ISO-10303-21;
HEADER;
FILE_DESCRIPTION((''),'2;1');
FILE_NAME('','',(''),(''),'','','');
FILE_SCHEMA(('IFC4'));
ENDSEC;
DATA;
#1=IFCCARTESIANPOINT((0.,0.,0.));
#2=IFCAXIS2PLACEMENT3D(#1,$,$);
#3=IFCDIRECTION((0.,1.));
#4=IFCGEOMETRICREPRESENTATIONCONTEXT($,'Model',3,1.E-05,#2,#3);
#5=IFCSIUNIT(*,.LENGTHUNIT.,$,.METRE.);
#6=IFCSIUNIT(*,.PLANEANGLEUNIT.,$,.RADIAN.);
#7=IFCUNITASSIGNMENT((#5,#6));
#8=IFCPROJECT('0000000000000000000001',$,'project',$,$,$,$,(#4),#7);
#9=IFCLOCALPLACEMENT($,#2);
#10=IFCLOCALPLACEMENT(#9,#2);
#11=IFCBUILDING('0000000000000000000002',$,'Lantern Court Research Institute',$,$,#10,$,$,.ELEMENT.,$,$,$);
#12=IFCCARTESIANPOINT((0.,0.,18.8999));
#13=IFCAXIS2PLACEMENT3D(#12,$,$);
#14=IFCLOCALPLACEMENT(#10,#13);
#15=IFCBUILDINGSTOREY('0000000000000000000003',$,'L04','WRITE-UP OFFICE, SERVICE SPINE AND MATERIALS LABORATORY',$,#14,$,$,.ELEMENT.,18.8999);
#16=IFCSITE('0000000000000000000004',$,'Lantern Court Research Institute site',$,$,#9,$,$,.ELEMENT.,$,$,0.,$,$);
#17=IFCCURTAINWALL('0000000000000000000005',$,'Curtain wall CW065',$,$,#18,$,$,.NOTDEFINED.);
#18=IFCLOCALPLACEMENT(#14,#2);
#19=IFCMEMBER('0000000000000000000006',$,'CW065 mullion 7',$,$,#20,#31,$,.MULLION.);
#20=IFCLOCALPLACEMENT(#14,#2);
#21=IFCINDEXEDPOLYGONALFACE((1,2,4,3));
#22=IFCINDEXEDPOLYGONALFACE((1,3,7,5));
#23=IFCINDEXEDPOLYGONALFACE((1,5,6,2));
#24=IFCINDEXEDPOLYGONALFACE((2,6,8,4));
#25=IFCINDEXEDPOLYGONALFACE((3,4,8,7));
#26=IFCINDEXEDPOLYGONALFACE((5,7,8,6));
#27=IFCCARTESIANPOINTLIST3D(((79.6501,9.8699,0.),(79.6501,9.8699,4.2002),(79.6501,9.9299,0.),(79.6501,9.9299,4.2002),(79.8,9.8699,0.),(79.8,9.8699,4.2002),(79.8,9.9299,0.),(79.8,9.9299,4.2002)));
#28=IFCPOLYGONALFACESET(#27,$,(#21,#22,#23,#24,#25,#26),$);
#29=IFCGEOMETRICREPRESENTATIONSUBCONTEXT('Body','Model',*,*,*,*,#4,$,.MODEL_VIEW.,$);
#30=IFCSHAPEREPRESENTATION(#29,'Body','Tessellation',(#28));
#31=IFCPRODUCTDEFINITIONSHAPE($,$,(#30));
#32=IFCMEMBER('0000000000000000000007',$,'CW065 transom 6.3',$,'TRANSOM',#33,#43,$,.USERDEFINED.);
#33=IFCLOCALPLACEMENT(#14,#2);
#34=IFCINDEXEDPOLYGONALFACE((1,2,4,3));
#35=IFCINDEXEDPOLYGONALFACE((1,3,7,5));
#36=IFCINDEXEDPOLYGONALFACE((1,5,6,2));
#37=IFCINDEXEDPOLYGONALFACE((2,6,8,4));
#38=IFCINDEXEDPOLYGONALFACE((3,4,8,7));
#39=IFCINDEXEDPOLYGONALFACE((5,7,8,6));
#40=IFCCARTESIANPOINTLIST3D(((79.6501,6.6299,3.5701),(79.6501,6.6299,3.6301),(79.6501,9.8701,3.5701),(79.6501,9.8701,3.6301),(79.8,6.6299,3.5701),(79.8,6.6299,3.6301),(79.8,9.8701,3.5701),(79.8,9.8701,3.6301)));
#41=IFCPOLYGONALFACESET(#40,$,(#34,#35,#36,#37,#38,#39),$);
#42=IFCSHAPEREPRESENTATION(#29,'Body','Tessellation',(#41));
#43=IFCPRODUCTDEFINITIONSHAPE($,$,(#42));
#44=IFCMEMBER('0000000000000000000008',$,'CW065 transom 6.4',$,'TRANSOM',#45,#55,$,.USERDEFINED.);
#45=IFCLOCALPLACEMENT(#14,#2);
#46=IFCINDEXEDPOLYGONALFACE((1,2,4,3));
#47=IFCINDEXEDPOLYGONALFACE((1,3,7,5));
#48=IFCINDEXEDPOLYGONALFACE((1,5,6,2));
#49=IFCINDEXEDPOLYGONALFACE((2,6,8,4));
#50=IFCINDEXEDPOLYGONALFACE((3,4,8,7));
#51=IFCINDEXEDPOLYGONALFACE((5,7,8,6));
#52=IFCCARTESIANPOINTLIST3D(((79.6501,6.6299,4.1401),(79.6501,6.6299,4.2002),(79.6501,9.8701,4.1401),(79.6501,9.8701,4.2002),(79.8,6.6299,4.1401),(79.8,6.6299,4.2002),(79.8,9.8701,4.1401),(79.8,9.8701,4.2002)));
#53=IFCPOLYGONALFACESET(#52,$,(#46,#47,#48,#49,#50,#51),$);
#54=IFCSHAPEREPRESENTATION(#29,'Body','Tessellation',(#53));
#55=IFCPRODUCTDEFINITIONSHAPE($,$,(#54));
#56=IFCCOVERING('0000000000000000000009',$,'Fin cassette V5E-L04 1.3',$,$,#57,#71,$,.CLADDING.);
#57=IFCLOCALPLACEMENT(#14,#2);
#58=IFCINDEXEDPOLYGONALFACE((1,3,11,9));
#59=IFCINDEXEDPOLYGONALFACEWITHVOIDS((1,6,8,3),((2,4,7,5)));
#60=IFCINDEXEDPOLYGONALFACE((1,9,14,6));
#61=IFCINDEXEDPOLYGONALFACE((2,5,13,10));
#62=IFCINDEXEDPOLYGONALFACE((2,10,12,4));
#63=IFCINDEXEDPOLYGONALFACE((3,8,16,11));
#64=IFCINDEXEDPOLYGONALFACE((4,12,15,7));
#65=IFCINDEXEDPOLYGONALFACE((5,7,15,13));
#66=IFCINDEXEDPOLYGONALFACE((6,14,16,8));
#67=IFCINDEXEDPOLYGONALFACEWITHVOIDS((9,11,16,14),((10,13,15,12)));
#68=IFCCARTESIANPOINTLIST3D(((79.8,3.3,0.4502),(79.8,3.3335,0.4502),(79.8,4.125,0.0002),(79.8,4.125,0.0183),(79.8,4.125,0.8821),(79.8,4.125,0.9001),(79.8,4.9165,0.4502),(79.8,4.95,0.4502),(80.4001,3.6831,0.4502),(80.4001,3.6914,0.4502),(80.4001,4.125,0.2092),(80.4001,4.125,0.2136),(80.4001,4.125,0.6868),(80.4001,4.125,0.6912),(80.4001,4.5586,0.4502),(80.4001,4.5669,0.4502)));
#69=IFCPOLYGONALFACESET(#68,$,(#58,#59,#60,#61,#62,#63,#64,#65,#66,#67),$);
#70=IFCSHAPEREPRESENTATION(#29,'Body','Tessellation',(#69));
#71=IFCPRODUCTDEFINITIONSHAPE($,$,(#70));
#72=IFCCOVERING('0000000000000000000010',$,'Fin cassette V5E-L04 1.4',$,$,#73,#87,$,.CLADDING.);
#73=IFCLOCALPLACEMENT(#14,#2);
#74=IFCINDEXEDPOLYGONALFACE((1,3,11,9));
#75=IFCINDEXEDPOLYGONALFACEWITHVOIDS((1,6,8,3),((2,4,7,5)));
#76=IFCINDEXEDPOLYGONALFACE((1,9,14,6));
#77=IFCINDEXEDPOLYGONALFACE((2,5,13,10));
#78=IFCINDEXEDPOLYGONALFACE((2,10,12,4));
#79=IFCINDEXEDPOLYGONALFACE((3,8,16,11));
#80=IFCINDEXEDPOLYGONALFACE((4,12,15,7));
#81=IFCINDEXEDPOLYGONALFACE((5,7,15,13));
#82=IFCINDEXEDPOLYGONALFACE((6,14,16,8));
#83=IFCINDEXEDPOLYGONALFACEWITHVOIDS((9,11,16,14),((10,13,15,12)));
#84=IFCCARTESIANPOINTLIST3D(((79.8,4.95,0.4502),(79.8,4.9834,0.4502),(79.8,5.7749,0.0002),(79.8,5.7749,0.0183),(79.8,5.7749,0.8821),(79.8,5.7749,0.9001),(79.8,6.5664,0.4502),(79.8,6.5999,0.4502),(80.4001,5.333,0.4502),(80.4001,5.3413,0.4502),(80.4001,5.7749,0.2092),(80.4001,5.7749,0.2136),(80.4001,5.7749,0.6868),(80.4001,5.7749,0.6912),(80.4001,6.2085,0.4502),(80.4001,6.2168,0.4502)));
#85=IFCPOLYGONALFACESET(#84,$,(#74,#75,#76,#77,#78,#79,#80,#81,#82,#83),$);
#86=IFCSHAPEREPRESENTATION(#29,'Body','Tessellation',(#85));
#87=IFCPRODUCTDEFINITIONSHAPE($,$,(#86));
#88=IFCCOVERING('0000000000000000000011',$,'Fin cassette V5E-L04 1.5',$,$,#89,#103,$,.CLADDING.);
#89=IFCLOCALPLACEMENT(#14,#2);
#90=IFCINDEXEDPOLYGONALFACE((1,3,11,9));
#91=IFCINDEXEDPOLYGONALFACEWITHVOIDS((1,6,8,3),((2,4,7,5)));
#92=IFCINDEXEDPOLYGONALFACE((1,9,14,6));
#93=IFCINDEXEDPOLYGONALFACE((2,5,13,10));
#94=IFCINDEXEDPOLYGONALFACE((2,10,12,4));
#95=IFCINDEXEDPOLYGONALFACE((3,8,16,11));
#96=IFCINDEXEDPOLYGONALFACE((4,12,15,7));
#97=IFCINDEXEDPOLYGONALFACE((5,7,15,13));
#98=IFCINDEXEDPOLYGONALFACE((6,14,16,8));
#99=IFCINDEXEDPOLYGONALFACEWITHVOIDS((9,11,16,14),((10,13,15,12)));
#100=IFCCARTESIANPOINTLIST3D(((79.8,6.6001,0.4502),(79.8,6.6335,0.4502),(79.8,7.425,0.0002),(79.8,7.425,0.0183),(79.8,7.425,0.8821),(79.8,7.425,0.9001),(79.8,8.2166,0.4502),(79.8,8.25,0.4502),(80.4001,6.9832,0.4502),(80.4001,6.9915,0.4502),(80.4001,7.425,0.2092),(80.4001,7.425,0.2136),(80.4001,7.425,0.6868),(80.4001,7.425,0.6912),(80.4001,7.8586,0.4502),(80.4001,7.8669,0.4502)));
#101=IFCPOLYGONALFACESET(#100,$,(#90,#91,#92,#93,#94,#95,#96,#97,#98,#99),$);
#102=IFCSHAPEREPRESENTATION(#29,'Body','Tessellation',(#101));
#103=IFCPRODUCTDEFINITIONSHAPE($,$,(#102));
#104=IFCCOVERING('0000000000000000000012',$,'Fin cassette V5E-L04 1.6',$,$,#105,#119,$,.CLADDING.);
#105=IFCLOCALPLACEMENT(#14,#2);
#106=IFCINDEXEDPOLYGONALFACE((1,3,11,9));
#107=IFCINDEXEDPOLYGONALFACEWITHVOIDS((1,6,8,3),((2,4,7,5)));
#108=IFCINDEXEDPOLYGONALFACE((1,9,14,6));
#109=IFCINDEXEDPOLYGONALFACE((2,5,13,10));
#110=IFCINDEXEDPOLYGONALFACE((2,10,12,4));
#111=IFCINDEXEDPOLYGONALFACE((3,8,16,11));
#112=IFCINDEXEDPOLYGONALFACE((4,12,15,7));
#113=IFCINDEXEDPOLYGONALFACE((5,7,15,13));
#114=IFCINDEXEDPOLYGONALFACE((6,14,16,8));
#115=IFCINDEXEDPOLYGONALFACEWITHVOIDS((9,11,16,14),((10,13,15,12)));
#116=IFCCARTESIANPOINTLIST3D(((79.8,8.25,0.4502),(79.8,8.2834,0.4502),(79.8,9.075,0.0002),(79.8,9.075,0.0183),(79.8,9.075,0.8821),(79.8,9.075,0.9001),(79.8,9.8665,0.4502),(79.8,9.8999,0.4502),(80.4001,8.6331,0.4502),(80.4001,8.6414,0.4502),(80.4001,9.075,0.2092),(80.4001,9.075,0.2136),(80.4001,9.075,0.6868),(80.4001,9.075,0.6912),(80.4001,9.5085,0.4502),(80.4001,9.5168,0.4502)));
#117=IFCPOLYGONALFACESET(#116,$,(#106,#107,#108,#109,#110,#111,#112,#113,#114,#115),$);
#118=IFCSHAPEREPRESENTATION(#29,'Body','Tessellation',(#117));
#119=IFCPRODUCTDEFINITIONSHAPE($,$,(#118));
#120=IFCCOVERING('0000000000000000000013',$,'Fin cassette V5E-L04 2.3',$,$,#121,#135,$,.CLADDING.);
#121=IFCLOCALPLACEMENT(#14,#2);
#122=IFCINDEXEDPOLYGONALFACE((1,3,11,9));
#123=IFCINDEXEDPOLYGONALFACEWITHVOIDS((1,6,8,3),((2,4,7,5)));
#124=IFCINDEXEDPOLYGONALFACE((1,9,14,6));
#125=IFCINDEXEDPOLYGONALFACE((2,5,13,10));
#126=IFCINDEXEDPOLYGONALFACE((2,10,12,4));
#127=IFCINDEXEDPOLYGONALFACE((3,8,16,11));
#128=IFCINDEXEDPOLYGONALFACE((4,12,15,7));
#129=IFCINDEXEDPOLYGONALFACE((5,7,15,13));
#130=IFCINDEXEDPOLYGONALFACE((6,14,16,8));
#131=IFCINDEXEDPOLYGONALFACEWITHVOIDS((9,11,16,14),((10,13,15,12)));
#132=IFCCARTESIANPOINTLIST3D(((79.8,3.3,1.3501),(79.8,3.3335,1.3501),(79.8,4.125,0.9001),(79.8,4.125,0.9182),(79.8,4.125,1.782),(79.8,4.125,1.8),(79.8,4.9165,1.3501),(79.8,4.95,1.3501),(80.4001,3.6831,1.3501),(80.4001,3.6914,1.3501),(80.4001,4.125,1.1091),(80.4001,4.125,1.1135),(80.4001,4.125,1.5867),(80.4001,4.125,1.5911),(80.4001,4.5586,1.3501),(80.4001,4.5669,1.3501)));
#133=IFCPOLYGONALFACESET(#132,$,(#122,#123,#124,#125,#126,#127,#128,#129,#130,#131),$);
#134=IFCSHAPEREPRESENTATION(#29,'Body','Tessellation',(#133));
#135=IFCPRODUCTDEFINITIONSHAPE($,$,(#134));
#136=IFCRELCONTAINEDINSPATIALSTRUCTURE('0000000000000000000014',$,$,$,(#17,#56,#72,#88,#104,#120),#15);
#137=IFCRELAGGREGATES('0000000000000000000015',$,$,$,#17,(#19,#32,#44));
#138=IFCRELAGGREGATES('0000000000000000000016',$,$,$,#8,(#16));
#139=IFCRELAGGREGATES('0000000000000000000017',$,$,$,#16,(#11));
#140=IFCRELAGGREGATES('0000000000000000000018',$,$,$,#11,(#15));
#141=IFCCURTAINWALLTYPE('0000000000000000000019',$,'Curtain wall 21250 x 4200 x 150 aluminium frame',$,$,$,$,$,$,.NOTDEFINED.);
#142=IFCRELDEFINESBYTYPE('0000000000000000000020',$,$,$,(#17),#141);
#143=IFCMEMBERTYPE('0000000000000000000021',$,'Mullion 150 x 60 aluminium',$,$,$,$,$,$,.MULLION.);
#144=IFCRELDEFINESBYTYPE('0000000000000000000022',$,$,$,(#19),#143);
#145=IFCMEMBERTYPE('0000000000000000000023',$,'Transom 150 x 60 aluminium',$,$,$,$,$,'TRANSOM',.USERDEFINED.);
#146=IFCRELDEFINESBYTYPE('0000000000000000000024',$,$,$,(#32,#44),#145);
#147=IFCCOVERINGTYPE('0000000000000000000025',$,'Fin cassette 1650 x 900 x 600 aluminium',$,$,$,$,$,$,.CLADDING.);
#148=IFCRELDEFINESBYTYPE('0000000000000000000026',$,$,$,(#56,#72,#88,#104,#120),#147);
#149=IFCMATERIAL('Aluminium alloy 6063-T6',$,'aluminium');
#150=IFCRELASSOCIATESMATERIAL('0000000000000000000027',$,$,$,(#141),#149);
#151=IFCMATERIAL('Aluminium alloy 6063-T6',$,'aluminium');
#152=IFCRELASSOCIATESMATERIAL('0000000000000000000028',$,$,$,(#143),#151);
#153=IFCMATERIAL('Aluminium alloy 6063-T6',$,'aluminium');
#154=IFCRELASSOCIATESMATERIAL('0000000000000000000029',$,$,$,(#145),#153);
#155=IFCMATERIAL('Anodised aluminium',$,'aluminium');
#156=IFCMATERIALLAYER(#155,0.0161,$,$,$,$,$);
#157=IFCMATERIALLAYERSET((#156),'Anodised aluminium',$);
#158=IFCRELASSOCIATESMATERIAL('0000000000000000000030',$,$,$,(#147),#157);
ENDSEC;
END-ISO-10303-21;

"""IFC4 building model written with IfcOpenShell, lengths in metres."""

from ifc_helpers import new_model, entity, si_unit, direction, frame, origin, origin_2d, place, context, subcontext, project, spatial, rectangle, extrude, material, layer, layer_set, material_profile, profile_set, type_object, element, aggregate, save


model = new_model("IFC4")

# Units and contexts
model_context = context("Model", 3, precision=1e-05, world=origin(), true_north=direction((0.0, 1.0)))
body_context = subcontext(model_context, "Body", "Model", "MODEL_VIEW")
ifc_project = project(units=[si_unit("LENGTHUNIT", "METRE"), si_unit("PLANEANGLEUNIT", "RADIAN")], contexts=[model_context])

# Site, building, storey
site_placement = place(None, origin())
site = spatial("IfcSite", under=ifc_project, at=site_placement, Name="Lantern Court Research Institute site", CompositionType="ELEMENT", RefElevation=0.0)
building_placement = place(site_placement, origin())
building = spatial("IfcBuilding", under=site, at=building_placement, Name="Lantern Court Research Institute", CompositionType="ELEMENT")
storey_placement = place(building_placement, frame((0.0, 0.0, 18.8999)))
storey = spatial("IfcBuildingStorey", under=building, at=storey_placement, Name="L04", Description="WRITE-UP OFFICE, SERVICE SPINE AND MATERIALS LABORATORY", CompositionType="ELEMENT", Elevation=18.8999)

# Curtain wall, members
ifc_material_1 = material(Name="Aluminium alloy 6063-T6", Category="aluminium")
curtain_wall_type = type_object("IfcCurtainWallType", Name="Curtain wall 21250 x 4200 x 150 aluminium frame", PredefinedType="NOTDEFINED", material=ifc_material_1)
curtain_wall_placement = place(storey_placement, origin())
curtain_wall = element("IfcCurtainWall", 1, at=curtain_wall_placement, inside=storey, type_object=curtain_wall_type, Name="Curtain wall CW065", PredefinedType="NOTDEFINED")
ifc_material_2 = material(Name="Aluminium alloy 6063-T6", Category="aluminium")
ifc_material_profile_1 = material_profile(ifc_material_2, rectangle(XDim=0.1499, YDim=0.0601, at=origin_2d()), Name="Mullion 150 x 60")
ifc_profile_set_1 = profile_set([ifc_material_profile_1], Name="Aluminium alloy 6063-T6")
member_type_1 = type_object("IfcMemberType", Name="Mullion 150 x 60 aluminium", PredefinedType="MULLION", material=ifc_profile_set_1)
member_1_placement = place(storey_placement, frame((79.7251, 9.8999, 0.0), z_axis=(0.0, 0.0, 1.0), x_axis=(1.0, 0.0, 0.0)))
member_1 = element("IfcMember", 2, at=member_1_placement, type_object=member_type_1, Name="CW065 mullion 7", PredefinedType="MULLION", context=body_context, shape_type="SweptSolid", body=[
    extrude(rectangle(XDim=0.1499, YDim=0.0601, at=origin_2d()), origin(), (0.0, 0.0, 1.0), 4.2002),
])
ifc_material_3 = material(Name="Aluminium alloy 6063-T6", Category="aluminium")
ifc_material_profile_2 = material_profile(ifc_material_3, rectangle(XDim=0.1499, YDim=0.0601, at=origin_2d()), Name="Transom 150 x 60")
ifc_profile_set_2 = profile_set([ifc_material_profile_2], Name="Aluminium alloy 6063-T6")
member_type_2 = type_object("IfcMemberType", Name="Transom 150 x 60 aluminium", ElementType="TRANSOM", PredefinedType="USERDEFINED", material=ifc_profile_set_2)
member_2_placement = place(storey_placement, frame((79.7251, 9.8701, 3.6001), z_axis=(0.0, -1.0, 0.0), x_axis=(1.0, 0.0, 0.0)))
member_2 = element("IfcMember", 3, at=member_2_placement, type_object=member_type_2, Name="CW065 transom 6.3", ObjectType="TRANSOM", PredefinedType="USERDEFINED", context=body_context, shape_type="SweptSolid", body=[
    extrude(rectangle(XDim=0.1499, YDim=0.0601, at=origin_2d()), origin(), (0.0, 0.0, 1.0), 3.2402),
])
member_3_placement = place(storey_placement, frame((79.7251, 9.8701, 4.1702), z_axis=(0.0, -1.0, 0.0), x_axis=(1.0, 0.0, 0.0)))
member_3 = element("IfcMember", 4, at=member_3_placement, type_object=member_type_2, Name="CW065 transom 6.4", ObjectType="TRANSOM", PredefinedType="USERDEFINED", context=body_context, shape_type="SweptSolid", body=[
    extrude(rectangle(XDim=0.1499, YDim=0.0601, at=origin_2d()), origin(), (0.0, 0.0, 1.0), 3.2402),
])
aggregate(curtain_wall, [member_1, member_2, member_3])

# Coverings
ifc_material_4 = material(Name="Anodised aluminium", Category="aluminium")
ifc_layer = layer(ifc_material_4, 0.0161)
ifc_layer_set = layer_set([ifc_layer], Name="Anodised aluminium")
covering_type = type_object("IfcCoveringType", Name="Fin cassette 1650 x 900 x 600 aluminium", PredefinedType="CLADDING", material=ifc_layer_set)
covering_1_placement = place(storey_placement, frame((79.8, 4.125, 0.4502), z_axis=(1.0, 0.0, 0.0), x_axis=(0.0, 1.0, 0.0)))
cartesian_point_1 = entity("IfcCartesianPoint", [0.825, 0.0])
cartesian_point_2 = entity("IfcCartesianPoint", [0.7915, 0.0])
cartesian_point_3 = entity("IfcCartesianPoint", [0.4419, 0.0])
cartesian_point_4 = entity("IfcCartesianPoint", [0.4336, 0.0])
element("IfcCovering", 5, at=covering_1_placement, inside=storey, type_object=covering_type, Name="Fin cassette V5E-L04 1.3", PredefinedType="CLADDING", context=body_context, shape_type="SweptSolid", body=[
    entity("IfcExtrudedAreaSolidTapered", entity("IfcArbitraryProfileDefWithVoids", "AREA", None, entity("IfcPolyline", [cartesian_point_1, entity("IfcCartesianPoint", [0.0, 0.45]), entity("IfcCartesianPoint", [-0.825, 0.0]), entity("IfcCartesianPoint", [0.0, -0.45]), cartesian_point_1]), [entity("IfcPolyline", [cartesian_point_2, entity("IfcCartesianPoint", [0.0, 0.4319]), entity("IfcCartesianPoint", [-0.7915, 0.0]), entity("IfcCartesianPoint", [0.0, -0.4319]), cartesian_point_2])]), entity("IfcAxis2Placement3D", entity("IfcCartesianPoint", [0.0, 0.0, 0.0])), entity("IfcDirection", [0.0, 0.0, 1.0]), 0.6001, entity("IfcArbitraryProfileDefWithVoids", "AREA", None, entity("IfcPolyline", [cartesian_point_3, entity("IfcCartesianPoint", [0.0, 0.241]), entity("IfcCartesianPoint", [-0.4419, 0.0]), entity("IfcCartesianPoint", [0.0, -0.241]), cartesian_point_3]), [entity("IfcPolyline", [cartesian_point_4, entity("IfcCartesianPoint", [0.0, 0.2366]), entity("IfcCartesianPoint", [-0.4336, 0.0]), entity("IfcCartesianPoint", [0.0, -0.2366]), cartesian_point_4])])),
])
covering_2_placement = place(storey_placement, frame((79.8, 5.7749, 0.4502), z_axis=(1.0, 0.0, 0.0), x_axis=(0.0, 1.0, 0.0)))
cartesian_point_5 = entity("IfcCartesianPoint", [0.825, 0.0])
cartesian_point_6 = entity("IfcCartesianPoint", [0.7915, 0.0])
cartesian_point_7 = entity("IfcCartesianPoint", [0.4419, 0.0])
cartesian_point_8 = entity("IfcCartesianPoint", [0.4336, 0.0])
element("IfcCovering", 6, at=covering_2_placement, inside=storey, type_object=covering_type, Name="Fin cassette V5E-L04 1.4", PredefinedType="CLADDING", context=body_context, shape_type="SweptSolid", body=[
    entity("IfcExtrudedAreaSolidTapered", entity("IfcArbitraryProfileDefWithVoids", "AREA", None, entity("IfcPolyline", [cartesian_point_5, entity("IfcCartesianPoint", [0.0, 0.45]), entity("IfcCartesianPoint", [-0.825, 0.0]), entity("IfcCartesianPoint", [0.0, -0.45]), cartesian_point_5]), [entity("IfcPolyline", [cartesian_point_6, entity("IfcCartesianPoint", [0.0, 0.4319]), entity("IfcCartesianPoint", [-0.7915, 0.0]), entity("IfcCartesianPoint", [0.0, -0.4319]), cartesian_point_6])]), entity("IfcAxis2Placement3D", entity("IfcCartesianPoint", [0.0, 0.0, 0.0])), entity("IfcDirection", [0.0, 0.0, 1.0]), 0.6001, entity("IfcArbitraryProfileDefWithVoids", "AREA", None, entity("IfcPolyline", [cartesian_point_7, entity("IfcCartesianPoint", [0.0, 0.241]), entity("IfcCartesianPoint", [-0.4419, 0.0]), entity("IfcCartesianPoint", [0.0, -0.241]), cartesian_point_7]), [entity("IfcPolyline", [cartesian_point_8, entity("IfcCartesianPoint", [0.0, 0.2366]), entity("IfcCartesianPoint", [-0.4336, 0.0]), entity("IfcCartesianPoint", [0.0, -0.2366]), cartesian_point_8])])),
])
covering_3_placement = place(storey_placement, frame((79.8, 7.425, 0.4502), z_axis=(1.0, 0.0, 0.0), x_axis=(0.0, 1.0, 0.0)))
cartesian_point_9 = entity("IfcCartesianPoint", [0.825, 0.0])
cartesian_point_10 = entity("IfcCartesianPoint", [0.7915, 0.0])
cartesian_point_11 = entity("IfcCartesianPoint", [0.4419, 0.0])
cartesian_point_12 = entity("IfcCartesianPoint", [0.4336, 0.0])
element("IfcCovering", 7, at=covering_3_placement, inside=storey, type_object=covering_type, Name="Fin cassette V5E-L04 1.5", PredefinedType="CLADDING", context=body_context, shape_type="SweptSolid", body=[
    entity("IfcExtrudedAreaSolidTapered", entity("IfcArbitraryProfileDefWithVoids", "AREA", None, entity("IfcPolyline", [cartesian_point_9, entity("IfcCartesianPoint", [0.0, 0.45]), entity("IfcCartesianPoint", [-0.825, 0.0]), entity("IfcCartesianPoint", [0.0, -0.45]), cartesian_point_9]), [entity("IfcPolyline", [cartesian_point_10, entity("IfcCartesianPoint", [0.0, 0.4319]), entity("IfcCartesianPoint", [-0.7915, 0.0]), entity("IfcCartesianPoint", [0.0, -0.4319]), cartesian_point_10])]), entity("IfcAxis2Placement3D", entity("IfcCartesianPoint", [0.0, 0.0, 0.0])), entity("IfcDirection", [0.0, 0.0, 1.0]), 0.6001, entity("IfcArbitraryProfileDefWithVoids", "AREA", None, entity("IfcPolyline", [cartesian_point_11, entity("IfcCartesianPoint", [0.0, 0.241]), entity("IfcCartesianPoint", [-0.4419, 0.0]), entity("IfcCartesianPoint", [0.0, -0.241]), cartesian_point_11]), [entity("IfcPolyline", [cartesian_point_12, entity("IfcCartesianPoint", [0.0, 0.2366]), entity("IfcCartesianPoint", [-0.4336, 0.0]), entity("IfcCartesianPoint", [0.0, -0.2366]), cartesian_point_12])])),
])
covering_4_placement = place(storey_placement, frame((79.8, 9.075, 0.4502), z_axis=(1.0, 0.0, 0.0), x_axis=(0.0, 1.0, 0.0)))
cartesian_point_13 = entity("IfcCartesianPoint", [0.825, 0.0])
cartesian_point_14 = entity("IfcCartesianPoint", [0.7915, 0.0])
cartesian_point_15 = entity("IfcCartesianPoint", [0.4419, 0.0])
cartesian_point_16 = entity("IfcCartesianPoint", [0.4336, 0.0])
element("IfcCovering", 8, at=covering_4_placement, inside=storey, type_object=covering_type, Name="Fin cassette V5E-L04 1.6", PredefinedType="CLADDING", context=body_context, shape_type="SweptSolid", body=[
    entity("IfcExtrudedAreaSolidTapered", entity("IfcArbitraryProfileDefWithVoids", "AREA", None, entity("IfcPolyline", [cartesian_point_13, entity("IfcCartesianPoint", [0.0, 0.45]), entity("IfcCartesianPoint", [-0.825, 0.0]), entity("IfcCartesianPoint", [0.0, -0.45]), cartesian_point_13]), [entity("IfcPolyline", [cartesian_point_14, entity("IfcCartesianPoint", [0.0, 0.4319]), entity("IfcCartesianPoint", [-0.7915, 0.0]), entity("IfcCartesianPoint", [0.0, -0.4319]), cartesian_point_14])]), entity("IfcAxis2Placement3D", entity("IfcCartesianPoint", [0.0, 0.0, 0.0])), entity("IfcDirection", [0.0, 0.0, 1.0]), 0.6001, entity("IfcArbitraryProfileDefWithVoids", "AREA", None, entity("IfcPolyline", [cartesian_point_15, entity("IfcCartesianPoint", [0.0, 0.241]), entity("IfcCartesianPoint", [-0.4419, 0.0]), entity("IfcCartesianPoint", [0.0, -0.241]), cartesian_point_15]), [entity("IfcPolyline", [cartesian_point_16, entity("IfcCartesianPoint", [0.0, 0.2366]), entity("IfcCartesianPoint", [-0.4336, 0.0]), entity("IfcCartesianPoint", [0.0, -0.2366]), cartesian_point_16])])),
])
covering_5_placement = place(storey_placement, frame((79.8, 4.125, 1.3501), z_axis=(1.0, 0.0, 0.0), x_axis=(0.0, 1.0, 0.0)))
cartesian_point_17 = entity("IfcCartesianPoint", [0.825, 0.0])
cartesian_point_18 = entity("IfcCartesianPoint", [0.7915, 0.0])
cartesian_point_19 = entity("IfcCartesianPoint", [0.4419, 0.0])
cartesian_point_20 = entity("IfcCartesianPoint", [0.4336, 0.0])
element("IfcCovering", 9, at=covering_5_placement, inside=storey, type_object=covering_type, Name="Fin cassette V5E-L04 2.3", PredefinedType="CLADDING", context=body_context, shape_type="SweptSolid", body=[
    entity("IfcExtrudedAreaSolidTapered", entity("IfcArbitraryProfileDefWithVoids", "AREA", None, entity("IfcPolyline", [cartesian_point_17, entity("IfcCartesianPoint", [0.0, 0.45]), entity("IfcCartesianPoint", [-0.825, 0.0]), entity("IfcCartesianPoint", [0.0, -0.45]), cartesian_point_17]), [entity("IfcPolyline", [cartesian_point_18, entity("IfcCartesianPoint", [0.0, 0.4319]), entity("IfcCartesianPoint", [-0.7915, 0.0]), entity("IfcCartesianPoint", [0.0, -0.4319]), cartesian_point_18])]), entity("IfcAxis2Placement3D", entity("IfcCartesianPoint", [0.0, 0.0, 0.0])), entity("IfcDirection", [0.0, 0.0, 1.0]), 0.6001, entity("IfcArbitraryProfileDefWithVoids", "AREA", None, entity("IfcPolyline", [cartesian_point_19, entity("IfcCartesianPoint", [0.0, 0.241]), entity("IfcCartesianPoint", [-0.4419, 0.0]), entity("IfcCartesianPoint", [0.0, -0.241]), cartesian_point_19]), [entity("IfcPolyline", [cartesian_point_20, entity("IfcCartesianPoint", [0.0, 0.2366]), entity("IfcCartesianPoint", [-0.4336, 0.0]), entity("IfcCartesianPoint", [0.0, -0.2366]), cartesian_point_20])])),
])

save(model, "model.ifc")
